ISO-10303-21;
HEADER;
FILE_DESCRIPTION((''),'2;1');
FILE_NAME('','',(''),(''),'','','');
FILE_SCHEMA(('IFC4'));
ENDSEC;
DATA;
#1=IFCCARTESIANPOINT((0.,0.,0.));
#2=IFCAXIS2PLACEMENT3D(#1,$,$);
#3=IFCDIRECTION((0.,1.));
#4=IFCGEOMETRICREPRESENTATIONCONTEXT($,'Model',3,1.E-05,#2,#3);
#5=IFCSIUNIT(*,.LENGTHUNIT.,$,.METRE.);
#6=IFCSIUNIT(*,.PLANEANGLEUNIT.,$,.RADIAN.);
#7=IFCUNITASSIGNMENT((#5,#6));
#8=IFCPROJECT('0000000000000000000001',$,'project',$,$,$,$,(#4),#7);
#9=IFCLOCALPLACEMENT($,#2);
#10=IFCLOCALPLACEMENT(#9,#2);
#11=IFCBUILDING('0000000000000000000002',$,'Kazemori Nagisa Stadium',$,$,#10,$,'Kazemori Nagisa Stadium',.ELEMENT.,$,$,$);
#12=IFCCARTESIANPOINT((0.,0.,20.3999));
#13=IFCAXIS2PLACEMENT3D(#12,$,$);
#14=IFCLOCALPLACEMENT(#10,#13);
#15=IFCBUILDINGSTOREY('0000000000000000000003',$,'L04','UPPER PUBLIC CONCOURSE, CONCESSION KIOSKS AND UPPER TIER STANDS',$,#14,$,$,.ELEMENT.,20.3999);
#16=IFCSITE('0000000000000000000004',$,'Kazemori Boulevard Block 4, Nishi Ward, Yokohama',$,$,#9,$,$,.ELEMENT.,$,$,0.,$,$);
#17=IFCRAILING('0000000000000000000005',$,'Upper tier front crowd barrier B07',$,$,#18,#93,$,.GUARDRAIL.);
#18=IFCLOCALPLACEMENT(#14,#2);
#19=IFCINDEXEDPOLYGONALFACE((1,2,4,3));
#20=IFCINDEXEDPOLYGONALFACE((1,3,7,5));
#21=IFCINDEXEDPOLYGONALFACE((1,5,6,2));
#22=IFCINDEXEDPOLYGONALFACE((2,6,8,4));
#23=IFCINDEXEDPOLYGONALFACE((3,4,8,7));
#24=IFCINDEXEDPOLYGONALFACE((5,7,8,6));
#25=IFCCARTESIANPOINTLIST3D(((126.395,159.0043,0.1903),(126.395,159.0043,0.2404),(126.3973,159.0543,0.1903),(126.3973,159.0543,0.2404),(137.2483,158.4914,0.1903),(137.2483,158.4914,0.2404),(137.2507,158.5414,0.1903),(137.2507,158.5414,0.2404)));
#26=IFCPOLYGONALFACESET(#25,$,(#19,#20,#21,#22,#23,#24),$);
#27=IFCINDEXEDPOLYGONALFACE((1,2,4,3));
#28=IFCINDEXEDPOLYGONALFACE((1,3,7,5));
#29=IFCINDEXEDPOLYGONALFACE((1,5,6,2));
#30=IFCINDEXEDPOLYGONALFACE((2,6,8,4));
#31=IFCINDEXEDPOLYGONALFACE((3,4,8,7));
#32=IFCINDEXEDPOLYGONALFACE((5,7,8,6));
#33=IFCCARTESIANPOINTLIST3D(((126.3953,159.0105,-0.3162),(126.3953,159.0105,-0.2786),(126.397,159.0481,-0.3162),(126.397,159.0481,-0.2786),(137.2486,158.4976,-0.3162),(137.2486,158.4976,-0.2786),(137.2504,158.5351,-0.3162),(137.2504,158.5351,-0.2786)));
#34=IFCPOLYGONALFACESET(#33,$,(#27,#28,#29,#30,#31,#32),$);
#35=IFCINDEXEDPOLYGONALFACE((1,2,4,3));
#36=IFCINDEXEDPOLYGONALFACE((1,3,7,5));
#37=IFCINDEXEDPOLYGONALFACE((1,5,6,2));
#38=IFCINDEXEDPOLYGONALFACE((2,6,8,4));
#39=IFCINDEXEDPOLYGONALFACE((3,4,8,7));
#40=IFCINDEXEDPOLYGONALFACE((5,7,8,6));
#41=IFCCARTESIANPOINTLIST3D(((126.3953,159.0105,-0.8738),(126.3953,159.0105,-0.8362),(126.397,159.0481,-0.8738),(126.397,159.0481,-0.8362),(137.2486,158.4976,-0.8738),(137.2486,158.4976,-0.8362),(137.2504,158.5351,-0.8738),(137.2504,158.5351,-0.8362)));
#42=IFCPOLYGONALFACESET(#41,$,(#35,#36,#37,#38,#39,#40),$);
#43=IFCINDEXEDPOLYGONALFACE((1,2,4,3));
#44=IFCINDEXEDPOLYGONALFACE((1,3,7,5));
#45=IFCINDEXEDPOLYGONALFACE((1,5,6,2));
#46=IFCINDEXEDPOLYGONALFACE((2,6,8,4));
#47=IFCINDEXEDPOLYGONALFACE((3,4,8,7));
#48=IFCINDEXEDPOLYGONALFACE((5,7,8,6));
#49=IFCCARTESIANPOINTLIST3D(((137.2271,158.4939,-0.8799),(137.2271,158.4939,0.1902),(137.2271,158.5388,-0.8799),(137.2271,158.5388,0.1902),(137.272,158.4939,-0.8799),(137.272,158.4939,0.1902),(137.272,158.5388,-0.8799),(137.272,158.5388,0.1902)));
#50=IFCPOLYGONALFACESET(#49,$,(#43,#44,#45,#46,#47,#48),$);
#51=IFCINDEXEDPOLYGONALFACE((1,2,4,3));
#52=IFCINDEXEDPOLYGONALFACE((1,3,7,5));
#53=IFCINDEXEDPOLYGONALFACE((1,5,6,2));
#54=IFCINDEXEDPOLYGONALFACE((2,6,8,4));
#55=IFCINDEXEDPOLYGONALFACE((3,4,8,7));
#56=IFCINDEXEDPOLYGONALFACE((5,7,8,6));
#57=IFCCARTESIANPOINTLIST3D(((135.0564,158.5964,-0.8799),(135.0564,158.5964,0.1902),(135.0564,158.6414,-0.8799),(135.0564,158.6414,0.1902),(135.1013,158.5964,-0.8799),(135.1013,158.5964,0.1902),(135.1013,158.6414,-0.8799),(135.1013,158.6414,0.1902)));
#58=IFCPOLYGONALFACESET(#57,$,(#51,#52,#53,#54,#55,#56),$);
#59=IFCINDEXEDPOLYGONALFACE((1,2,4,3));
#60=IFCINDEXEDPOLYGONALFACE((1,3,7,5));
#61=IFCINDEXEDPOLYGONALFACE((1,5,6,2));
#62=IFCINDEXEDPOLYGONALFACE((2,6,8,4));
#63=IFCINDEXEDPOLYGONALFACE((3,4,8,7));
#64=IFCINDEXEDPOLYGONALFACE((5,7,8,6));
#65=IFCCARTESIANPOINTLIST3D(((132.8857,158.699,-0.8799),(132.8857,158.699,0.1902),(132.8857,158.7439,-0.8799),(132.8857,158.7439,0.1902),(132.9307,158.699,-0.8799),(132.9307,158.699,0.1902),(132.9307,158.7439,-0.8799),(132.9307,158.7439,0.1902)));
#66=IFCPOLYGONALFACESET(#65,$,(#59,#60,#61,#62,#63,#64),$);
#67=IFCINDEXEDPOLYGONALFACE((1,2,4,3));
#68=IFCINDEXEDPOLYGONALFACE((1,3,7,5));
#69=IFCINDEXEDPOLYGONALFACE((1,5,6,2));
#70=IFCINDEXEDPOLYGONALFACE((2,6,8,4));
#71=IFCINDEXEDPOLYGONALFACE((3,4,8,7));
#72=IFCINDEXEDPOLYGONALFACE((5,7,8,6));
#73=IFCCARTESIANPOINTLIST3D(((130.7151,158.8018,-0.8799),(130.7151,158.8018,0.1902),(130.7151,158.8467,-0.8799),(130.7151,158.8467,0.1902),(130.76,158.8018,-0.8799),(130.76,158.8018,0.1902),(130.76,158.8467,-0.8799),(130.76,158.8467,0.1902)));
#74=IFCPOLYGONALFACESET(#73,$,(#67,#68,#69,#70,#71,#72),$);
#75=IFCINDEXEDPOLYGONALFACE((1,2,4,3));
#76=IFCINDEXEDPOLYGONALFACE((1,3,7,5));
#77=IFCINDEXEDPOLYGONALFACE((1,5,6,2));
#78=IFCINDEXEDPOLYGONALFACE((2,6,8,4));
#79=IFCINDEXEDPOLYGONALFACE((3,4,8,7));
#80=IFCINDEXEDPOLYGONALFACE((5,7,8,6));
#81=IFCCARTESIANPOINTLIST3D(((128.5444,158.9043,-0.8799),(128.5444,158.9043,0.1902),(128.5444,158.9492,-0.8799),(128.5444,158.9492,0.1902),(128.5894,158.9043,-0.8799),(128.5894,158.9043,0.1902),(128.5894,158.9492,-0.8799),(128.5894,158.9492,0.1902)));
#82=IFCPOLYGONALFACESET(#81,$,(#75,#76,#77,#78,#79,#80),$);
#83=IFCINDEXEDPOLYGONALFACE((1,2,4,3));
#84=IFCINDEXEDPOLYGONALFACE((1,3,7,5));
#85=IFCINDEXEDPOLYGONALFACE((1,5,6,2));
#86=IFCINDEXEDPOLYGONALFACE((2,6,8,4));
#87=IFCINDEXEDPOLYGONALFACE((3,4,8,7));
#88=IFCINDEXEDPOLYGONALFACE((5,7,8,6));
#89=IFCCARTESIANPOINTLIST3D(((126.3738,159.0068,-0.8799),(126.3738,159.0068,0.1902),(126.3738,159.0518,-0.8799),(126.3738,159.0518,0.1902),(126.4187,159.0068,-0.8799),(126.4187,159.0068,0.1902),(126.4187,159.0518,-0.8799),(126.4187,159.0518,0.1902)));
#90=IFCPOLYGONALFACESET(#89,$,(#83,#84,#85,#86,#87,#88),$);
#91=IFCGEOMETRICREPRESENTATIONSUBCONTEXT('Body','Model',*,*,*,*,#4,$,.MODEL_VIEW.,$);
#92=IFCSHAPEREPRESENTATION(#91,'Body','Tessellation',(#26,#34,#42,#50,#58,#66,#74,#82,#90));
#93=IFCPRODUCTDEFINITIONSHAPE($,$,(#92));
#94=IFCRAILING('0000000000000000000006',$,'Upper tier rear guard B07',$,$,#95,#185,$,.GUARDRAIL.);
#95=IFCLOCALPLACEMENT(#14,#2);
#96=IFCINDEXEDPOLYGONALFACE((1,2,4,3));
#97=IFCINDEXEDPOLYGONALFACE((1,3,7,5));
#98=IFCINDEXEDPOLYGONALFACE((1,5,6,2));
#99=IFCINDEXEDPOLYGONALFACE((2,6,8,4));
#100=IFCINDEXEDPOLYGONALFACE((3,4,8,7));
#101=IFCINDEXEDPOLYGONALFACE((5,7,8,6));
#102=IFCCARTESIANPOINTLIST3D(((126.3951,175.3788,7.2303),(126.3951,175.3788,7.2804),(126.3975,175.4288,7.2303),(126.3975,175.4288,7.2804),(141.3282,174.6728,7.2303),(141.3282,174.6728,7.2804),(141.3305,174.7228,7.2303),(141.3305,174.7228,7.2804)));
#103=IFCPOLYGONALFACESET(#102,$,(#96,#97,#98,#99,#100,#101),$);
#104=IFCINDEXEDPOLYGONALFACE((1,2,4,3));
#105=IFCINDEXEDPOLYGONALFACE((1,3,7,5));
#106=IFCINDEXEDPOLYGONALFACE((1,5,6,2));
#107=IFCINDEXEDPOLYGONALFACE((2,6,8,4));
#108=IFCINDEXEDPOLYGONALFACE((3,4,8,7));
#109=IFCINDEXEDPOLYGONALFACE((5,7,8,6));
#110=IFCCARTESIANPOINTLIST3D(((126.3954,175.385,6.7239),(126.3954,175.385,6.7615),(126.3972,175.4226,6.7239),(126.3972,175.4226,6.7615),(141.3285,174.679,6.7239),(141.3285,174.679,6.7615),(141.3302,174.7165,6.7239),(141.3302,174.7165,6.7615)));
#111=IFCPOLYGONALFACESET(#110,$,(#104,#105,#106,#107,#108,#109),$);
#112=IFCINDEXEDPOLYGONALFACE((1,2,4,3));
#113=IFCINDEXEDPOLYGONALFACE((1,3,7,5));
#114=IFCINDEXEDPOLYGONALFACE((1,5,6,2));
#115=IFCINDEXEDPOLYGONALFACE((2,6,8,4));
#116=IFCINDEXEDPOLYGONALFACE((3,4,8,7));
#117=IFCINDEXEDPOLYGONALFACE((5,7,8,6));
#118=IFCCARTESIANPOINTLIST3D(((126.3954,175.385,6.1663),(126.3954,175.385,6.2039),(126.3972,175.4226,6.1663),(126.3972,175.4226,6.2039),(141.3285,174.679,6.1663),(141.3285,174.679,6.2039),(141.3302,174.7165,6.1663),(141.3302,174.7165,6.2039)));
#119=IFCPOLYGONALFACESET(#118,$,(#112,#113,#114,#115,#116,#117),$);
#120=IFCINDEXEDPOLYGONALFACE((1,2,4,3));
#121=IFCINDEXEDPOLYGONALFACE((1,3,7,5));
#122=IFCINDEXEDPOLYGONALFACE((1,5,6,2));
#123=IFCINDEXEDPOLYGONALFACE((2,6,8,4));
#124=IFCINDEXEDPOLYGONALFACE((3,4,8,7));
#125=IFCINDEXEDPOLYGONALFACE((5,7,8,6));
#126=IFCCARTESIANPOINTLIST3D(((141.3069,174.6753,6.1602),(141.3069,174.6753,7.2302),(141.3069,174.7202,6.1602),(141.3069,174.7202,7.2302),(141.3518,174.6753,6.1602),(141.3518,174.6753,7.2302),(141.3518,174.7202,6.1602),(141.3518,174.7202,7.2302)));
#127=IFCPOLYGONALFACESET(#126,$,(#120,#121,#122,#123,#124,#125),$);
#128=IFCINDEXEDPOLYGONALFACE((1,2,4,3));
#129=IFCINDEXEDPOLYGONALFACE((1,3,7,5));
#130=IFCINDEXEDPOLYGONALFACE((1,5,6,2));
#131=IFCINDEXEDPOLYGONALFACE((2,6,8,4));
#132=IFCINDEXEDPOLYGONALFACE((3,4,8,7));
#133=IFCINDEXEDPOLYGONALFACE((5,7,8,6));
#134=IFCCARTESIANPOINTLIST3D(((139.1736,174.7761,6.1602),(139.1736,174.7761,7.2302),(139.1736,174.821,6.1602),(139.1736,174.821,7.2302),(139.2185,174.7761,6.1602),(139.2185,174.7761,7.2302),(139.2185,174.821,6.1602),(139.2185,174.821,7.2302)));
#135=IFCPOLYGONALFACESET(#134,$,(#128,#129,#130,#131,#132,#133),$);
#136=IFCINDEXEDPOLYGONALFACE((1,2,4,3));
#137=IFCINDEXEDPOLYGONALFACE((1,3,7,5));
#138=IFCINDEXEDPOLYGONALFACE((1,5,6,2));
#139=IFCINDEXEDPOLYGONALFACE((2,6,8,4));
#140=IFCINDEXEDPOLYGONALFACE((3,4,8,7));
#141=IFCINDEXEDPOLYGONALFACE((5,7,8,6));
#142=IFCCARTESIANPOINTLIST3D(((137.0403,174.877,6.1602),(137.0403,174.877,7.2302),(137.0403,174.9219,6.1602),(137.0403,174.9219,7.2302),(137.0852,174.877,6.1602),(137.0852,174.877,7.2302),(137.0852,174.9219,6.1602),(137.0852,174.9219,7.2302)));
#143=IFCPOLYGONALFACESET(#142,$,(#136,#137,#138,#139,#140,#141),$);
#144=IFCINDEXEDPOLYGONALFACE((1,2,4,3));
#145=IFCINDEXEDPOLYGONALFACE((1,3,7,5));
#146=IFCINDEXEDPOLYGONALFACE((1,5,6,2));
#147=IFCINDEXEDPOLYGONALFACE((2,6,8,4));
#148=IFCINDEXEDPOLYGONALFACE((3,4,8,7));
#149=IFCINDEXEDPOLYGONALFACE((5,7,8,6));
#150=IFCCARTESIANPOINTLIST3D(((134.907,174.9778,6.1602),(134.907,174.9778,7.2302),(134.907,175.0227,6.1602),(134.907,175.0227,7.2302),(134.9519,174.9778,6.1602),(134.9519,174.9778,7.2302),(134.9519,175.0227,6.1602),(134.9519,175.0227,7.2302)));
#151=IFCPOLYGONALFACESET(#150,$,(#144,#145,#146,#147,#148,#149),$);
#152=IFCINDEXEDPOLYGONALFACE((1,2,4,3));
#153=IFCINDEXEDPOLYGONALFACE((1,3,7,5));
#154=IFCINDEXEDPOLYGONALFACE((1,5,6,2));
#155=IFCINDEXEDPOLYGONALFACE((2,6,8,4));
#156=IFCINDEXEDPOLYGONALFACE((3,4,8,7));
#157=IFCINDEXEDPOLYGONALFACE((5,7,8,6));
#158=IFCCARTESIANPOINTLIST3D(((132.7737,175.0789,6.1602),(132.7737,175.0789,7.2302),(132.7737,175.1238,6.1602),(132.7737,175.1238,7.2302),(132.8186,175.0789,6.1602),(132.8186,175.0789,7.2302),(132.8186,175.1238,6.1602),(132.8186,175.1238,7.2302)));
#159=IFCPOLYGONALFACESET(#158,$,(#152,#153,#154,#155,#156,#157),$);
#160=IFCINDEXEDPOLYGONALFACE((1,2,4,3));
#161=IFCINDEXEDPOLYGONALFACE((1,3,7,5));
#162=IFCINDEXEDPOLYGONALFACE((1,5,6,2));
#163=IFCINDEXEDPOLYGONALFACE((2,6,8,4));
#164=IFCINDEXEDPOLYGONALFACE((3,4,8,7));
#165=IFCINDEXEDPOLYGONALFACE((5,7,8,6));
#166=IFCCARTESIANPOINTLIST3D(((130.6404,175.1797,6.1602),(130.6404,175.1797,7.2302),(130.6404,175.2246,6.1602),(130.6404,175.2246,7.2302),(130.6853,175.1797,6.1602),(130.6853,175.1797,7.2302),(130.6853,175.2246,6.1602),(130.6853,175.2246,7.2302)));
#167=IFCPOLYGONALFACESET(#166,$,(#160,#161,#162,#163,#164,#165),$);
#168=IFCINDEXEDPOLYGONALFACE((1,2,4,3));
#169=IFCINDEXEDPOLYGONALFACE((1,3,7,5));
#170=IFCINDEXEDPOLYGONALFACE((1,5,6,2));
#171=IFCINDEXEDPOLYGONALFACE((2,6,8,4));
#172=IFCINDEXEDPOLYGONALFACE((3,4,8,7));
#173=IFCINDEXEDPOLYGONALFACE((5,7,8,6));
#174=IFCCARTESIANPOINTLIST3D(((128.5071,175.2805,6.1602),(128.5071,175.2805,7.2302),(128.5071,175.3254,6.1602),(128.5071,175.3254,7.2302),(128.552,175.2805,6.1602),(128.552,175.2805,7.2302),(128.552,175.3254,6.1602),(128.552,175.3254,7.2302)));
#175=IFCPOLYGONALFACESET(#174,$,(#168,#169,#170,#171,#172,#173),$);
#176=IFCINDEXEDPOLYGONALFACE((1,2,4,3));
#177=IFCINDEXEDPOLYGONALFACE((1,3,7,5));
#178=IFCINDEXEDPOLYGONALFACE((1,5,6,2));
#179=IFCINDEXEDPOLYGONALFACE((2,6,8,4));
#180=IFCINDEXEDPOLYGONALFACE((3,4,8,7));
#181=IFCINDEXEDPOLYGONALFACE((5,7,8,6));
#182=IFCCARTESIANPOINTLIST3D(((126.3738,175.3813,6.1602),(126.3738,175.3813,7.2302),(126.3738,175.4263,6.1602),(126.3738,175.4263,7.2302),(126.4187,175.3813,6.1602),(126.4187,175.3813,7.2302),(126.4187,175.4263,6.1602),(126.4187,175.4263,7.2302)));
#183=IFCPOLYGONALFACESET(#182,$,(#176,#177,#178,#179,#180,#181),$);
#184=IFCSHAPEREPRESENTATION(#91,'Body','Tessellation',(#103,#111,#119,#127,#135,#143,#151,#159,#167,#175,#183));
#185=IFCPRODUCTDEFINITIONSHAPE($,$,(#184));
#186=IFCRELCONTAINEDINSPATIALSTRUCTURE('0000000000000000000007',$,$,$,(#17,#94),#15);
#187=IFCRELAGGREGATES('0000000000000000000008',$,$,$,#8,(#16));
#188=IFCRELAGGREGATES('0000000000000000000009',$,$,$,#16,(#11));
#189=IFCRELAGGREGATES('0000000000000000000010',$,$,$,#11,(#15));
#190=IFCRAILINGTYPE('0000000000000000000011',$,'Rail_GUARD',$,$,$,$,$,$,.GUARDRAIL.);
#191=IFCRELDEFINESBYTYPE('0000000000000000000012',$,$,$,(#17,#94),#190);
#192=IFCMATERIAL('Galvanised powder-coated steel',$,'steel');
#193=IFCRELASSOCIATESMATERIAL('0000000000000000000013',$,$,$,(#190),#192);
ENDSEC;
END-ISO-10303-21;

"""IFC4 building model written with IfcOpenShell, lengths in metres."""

from ifc_helpers import new_model, si_unit, direction, frame, origin, origin_2d, place, context, subcontext, project, spatial, rectangle, extrude, material, type_object, element, save


model = new_model("IFC4")

# Units and contexts
model_context = context("Model", 3, precision=1e-05, world=origin(), true_north=direction((0.0, 1.0)))
body_context = subcontext(model_context, "Body", "Model", "MODEL_VIEW")
ifc_project = project(units=[si_unit("LENGTHUNIT", "METRE"), si_unit("PLANEANGLEUNIT", "RADIAN")], contexts=[model_context])

# Site, building, storey
site_placement = place(None, origin())
site = spatial("IfcSite", under=ifc_project, at=site_placement, Name="Kazemori Boulevard Block 4, Nishi Ward, Yokohama", CompositionType="ELEMENT", RefElevation=0.0)
building_placement = place(site_placement, origin())
building = spatial("IfcBuilding", under=site, at=building_placement, Name="Kazemori Nagisa Stadium", LongName="Kazemori Nagisa Stadium", CompositionType="ELEMENT")
storey_placement = place(building_placement, frame((0.0, 0.0, 20.3999)))
storey = spatial("IfcBuildingStorey", under=building, at=storey_placement, Name="L04", Description="UPPER PUBLIC CONCOURSE, CONCESSION KIOSKS AND UPPER TIER STANDS", CompositionType="ELEMENT", Elevation=20.3999)

# Railings
ifc_material_1 = material(Name="Galvanised powder-coated steel", Category="steel")
railing_type_1 = type_object("IfcRailingType", Name="Rail_GUARD", PredefinedType="GUARDRAIL", material=ifc_material_1)
railing_1_placement = place(storey_placement, frame((137.2495, 158.5164, -0.8799)))
element("IfcRailing", 1, at=railing_1_placement, inside=storey, type_object=railing_type_1, Name="Upper tier front crowd barrier B07", PredefinedType="GUARDRAIL", context=body_context, shape_type="SweptSolid", body=[
    extrude(rectangle(XDim=0.05, YDim=0.05, at=origin_2d()), frame((0.0, 0.0, 1.0952), z_axis=(-0.998885, 0.047209, 0.0), x_axis=(-0.047209, -0.998885, 0.0)), (0.0, 0.0, 1.0), 10.8655),
    extrude(rectangle(XDim=0.0376, YDim=0.0376, at=origin_2d()), frame((0.0, 0.0, 0.5825), z_axis=(-0.998885, 0.047209, 0.0), x_axis=(-0.047209, -0.998885, 0.0)), (0.0, 0.0, 1.0), 10.8655),
    extrude(rectangle(XDim=0.0376, YDim=0.0376, at=origin_2d()), frame((0.0, 0.0, 0.0249), z_axis=(-0.998885, 0.047209, 0.0), x_axis=(-0.047209, -0.998885, 0.0)), (0.0, 0.0, 1.0), 10.8655),
    extrude(rectangle(XDim=0.0449, YDim=0.0449, at=origin_2d()), origin(), (0.0, 0.0, 1.0), 1.0701),
    extrude(rectangle(XDim=0.0449, YDim=0.0449, at=origin_2d()), frame((-2.1707, 0.1025, 0.0)), (0.0, 0.0, 1.0), 1.0701),
    extrude(rectangle(XDim=0.0449, YDim=0.0449, at=origin_2d()), frame((-4.3413, 0.2051, 0.0)), (0.0, 0.0, 1.0), 1.0701),
    extrude(rectangle(XDim=0.0449, YDim=0.0449, at=origin_2d()), frame((-6.512, 0.3079, 0.0)), (0.0, 0.0, 1.0), 1.0701),
    extrude(rectangle(XDim=0.0449, YDim=0.0449, at=origin_2d()), frame((-8.6826, 0.4104, 0.0)), (0.0, 0.0, 1.0), 1.0701),
    extrude(rectangle(XDim=0.0449, YDim=0.0449, at=origin_2d()), frame((-10.8533, 0.5129, 0.0)), (0.0, 0.0, 1.0), 1.0701),
])
railing_2_placement = place(storey_placement, frame((141.3293, 174.6978, 6.1602)))
element("IfcRailing", 2, at=railing_2_placement, inside=storey, type_object=railing_type_1, Name="Upper tier rear guard B07", PredefinedType="GUARDRAIL", context=body_context, shape_type="SweptSolid", body=[
    extrude(rectangle(XDim=0.05, YDim=0.05, at=origin_2d()), frame((0.0, 0.0, 1.0952), z_axis=(-0.998884, 0.047228, 0.0), x_axis=(-0.047228, -0.998884, 0.0)), (0.0, 0.0, 1.0), 14.9497),
    extrude(rectangle(XDim=0.0376, YDim=0.0376, at=origin_2d()), frame((0.0, 0.0, 0.5825), z_axis=(-0.998884, 0.047228, 0.0), x_axis=(-0.047228, -0.998884, 0.0)), (0.0, 0.0, 1.0), 14.9497),
    extrude(rectangle(XDim=0.0376, YDim=0.0376, at=origin_2d()), frame((0.0, 0.0, 0.0249), z_axis=(-0.998884, 0.047228, 0.0), x_axis=(-0.047228, -0.998884, 0.0)), (0.0, 0.0, 1.0), 14.9497),
    extrude(rectangle(XDim=0.0449, YDim=0.0449, at=origin_2d()), origin(), (0.0, 0.0, 1.0), 1.0701),
    extrude(rectangle(XDim=0.0449, YDim=0.0449, at=origin_2d()), frame((-2.1333, 0.1008, 0.0)), (0.0, 0.0, 1.0), 1.0701),
    extrude(rectangle(XDim=0.0449, YDim=0.0449, at=origin_2d()), frame((-4.2666, 0.2017, 0.0)), (0.0, 0.0, 1.0), 1.0701),
    extrude(rectangle(XDim=0.0449, YDim=0.0449, at=origin_2d()), frame((-6.3999, 0.3025, 0.0)), (0.0, 0.0, 1.0), 1.0701),
    extrude(rectangle(XDim=0.0449, YDim=0.0449, at=origin_2d()), frame((-8.5332, 0.4036, 0.0)), (0.0, 0.0, 1.0), 1.0701),
    extrude(rectangle(XDim=0.0449, YDim=0.0449, at=origin_2d()), frame((-10.6665, 0.5044, 0.0)), (0.0, 0.0, 1.0), 1.0701),
    extrude(rectangle(XDim=0.0449, YDim=0.0449, at=origin_2d()), frame((-12.7998, 0.6052, 0.0)), (0.0, 0.0, 1.0), 1.0701),
    extrude(rectangle(XDim=0.0449, YDim=0.0449, at=origin_2d()), frame((-14.9331, 0.7061, 0.0)), (0.0, 0.0, 1.0), 1.0701),
])

save(model, "model.ifc")
